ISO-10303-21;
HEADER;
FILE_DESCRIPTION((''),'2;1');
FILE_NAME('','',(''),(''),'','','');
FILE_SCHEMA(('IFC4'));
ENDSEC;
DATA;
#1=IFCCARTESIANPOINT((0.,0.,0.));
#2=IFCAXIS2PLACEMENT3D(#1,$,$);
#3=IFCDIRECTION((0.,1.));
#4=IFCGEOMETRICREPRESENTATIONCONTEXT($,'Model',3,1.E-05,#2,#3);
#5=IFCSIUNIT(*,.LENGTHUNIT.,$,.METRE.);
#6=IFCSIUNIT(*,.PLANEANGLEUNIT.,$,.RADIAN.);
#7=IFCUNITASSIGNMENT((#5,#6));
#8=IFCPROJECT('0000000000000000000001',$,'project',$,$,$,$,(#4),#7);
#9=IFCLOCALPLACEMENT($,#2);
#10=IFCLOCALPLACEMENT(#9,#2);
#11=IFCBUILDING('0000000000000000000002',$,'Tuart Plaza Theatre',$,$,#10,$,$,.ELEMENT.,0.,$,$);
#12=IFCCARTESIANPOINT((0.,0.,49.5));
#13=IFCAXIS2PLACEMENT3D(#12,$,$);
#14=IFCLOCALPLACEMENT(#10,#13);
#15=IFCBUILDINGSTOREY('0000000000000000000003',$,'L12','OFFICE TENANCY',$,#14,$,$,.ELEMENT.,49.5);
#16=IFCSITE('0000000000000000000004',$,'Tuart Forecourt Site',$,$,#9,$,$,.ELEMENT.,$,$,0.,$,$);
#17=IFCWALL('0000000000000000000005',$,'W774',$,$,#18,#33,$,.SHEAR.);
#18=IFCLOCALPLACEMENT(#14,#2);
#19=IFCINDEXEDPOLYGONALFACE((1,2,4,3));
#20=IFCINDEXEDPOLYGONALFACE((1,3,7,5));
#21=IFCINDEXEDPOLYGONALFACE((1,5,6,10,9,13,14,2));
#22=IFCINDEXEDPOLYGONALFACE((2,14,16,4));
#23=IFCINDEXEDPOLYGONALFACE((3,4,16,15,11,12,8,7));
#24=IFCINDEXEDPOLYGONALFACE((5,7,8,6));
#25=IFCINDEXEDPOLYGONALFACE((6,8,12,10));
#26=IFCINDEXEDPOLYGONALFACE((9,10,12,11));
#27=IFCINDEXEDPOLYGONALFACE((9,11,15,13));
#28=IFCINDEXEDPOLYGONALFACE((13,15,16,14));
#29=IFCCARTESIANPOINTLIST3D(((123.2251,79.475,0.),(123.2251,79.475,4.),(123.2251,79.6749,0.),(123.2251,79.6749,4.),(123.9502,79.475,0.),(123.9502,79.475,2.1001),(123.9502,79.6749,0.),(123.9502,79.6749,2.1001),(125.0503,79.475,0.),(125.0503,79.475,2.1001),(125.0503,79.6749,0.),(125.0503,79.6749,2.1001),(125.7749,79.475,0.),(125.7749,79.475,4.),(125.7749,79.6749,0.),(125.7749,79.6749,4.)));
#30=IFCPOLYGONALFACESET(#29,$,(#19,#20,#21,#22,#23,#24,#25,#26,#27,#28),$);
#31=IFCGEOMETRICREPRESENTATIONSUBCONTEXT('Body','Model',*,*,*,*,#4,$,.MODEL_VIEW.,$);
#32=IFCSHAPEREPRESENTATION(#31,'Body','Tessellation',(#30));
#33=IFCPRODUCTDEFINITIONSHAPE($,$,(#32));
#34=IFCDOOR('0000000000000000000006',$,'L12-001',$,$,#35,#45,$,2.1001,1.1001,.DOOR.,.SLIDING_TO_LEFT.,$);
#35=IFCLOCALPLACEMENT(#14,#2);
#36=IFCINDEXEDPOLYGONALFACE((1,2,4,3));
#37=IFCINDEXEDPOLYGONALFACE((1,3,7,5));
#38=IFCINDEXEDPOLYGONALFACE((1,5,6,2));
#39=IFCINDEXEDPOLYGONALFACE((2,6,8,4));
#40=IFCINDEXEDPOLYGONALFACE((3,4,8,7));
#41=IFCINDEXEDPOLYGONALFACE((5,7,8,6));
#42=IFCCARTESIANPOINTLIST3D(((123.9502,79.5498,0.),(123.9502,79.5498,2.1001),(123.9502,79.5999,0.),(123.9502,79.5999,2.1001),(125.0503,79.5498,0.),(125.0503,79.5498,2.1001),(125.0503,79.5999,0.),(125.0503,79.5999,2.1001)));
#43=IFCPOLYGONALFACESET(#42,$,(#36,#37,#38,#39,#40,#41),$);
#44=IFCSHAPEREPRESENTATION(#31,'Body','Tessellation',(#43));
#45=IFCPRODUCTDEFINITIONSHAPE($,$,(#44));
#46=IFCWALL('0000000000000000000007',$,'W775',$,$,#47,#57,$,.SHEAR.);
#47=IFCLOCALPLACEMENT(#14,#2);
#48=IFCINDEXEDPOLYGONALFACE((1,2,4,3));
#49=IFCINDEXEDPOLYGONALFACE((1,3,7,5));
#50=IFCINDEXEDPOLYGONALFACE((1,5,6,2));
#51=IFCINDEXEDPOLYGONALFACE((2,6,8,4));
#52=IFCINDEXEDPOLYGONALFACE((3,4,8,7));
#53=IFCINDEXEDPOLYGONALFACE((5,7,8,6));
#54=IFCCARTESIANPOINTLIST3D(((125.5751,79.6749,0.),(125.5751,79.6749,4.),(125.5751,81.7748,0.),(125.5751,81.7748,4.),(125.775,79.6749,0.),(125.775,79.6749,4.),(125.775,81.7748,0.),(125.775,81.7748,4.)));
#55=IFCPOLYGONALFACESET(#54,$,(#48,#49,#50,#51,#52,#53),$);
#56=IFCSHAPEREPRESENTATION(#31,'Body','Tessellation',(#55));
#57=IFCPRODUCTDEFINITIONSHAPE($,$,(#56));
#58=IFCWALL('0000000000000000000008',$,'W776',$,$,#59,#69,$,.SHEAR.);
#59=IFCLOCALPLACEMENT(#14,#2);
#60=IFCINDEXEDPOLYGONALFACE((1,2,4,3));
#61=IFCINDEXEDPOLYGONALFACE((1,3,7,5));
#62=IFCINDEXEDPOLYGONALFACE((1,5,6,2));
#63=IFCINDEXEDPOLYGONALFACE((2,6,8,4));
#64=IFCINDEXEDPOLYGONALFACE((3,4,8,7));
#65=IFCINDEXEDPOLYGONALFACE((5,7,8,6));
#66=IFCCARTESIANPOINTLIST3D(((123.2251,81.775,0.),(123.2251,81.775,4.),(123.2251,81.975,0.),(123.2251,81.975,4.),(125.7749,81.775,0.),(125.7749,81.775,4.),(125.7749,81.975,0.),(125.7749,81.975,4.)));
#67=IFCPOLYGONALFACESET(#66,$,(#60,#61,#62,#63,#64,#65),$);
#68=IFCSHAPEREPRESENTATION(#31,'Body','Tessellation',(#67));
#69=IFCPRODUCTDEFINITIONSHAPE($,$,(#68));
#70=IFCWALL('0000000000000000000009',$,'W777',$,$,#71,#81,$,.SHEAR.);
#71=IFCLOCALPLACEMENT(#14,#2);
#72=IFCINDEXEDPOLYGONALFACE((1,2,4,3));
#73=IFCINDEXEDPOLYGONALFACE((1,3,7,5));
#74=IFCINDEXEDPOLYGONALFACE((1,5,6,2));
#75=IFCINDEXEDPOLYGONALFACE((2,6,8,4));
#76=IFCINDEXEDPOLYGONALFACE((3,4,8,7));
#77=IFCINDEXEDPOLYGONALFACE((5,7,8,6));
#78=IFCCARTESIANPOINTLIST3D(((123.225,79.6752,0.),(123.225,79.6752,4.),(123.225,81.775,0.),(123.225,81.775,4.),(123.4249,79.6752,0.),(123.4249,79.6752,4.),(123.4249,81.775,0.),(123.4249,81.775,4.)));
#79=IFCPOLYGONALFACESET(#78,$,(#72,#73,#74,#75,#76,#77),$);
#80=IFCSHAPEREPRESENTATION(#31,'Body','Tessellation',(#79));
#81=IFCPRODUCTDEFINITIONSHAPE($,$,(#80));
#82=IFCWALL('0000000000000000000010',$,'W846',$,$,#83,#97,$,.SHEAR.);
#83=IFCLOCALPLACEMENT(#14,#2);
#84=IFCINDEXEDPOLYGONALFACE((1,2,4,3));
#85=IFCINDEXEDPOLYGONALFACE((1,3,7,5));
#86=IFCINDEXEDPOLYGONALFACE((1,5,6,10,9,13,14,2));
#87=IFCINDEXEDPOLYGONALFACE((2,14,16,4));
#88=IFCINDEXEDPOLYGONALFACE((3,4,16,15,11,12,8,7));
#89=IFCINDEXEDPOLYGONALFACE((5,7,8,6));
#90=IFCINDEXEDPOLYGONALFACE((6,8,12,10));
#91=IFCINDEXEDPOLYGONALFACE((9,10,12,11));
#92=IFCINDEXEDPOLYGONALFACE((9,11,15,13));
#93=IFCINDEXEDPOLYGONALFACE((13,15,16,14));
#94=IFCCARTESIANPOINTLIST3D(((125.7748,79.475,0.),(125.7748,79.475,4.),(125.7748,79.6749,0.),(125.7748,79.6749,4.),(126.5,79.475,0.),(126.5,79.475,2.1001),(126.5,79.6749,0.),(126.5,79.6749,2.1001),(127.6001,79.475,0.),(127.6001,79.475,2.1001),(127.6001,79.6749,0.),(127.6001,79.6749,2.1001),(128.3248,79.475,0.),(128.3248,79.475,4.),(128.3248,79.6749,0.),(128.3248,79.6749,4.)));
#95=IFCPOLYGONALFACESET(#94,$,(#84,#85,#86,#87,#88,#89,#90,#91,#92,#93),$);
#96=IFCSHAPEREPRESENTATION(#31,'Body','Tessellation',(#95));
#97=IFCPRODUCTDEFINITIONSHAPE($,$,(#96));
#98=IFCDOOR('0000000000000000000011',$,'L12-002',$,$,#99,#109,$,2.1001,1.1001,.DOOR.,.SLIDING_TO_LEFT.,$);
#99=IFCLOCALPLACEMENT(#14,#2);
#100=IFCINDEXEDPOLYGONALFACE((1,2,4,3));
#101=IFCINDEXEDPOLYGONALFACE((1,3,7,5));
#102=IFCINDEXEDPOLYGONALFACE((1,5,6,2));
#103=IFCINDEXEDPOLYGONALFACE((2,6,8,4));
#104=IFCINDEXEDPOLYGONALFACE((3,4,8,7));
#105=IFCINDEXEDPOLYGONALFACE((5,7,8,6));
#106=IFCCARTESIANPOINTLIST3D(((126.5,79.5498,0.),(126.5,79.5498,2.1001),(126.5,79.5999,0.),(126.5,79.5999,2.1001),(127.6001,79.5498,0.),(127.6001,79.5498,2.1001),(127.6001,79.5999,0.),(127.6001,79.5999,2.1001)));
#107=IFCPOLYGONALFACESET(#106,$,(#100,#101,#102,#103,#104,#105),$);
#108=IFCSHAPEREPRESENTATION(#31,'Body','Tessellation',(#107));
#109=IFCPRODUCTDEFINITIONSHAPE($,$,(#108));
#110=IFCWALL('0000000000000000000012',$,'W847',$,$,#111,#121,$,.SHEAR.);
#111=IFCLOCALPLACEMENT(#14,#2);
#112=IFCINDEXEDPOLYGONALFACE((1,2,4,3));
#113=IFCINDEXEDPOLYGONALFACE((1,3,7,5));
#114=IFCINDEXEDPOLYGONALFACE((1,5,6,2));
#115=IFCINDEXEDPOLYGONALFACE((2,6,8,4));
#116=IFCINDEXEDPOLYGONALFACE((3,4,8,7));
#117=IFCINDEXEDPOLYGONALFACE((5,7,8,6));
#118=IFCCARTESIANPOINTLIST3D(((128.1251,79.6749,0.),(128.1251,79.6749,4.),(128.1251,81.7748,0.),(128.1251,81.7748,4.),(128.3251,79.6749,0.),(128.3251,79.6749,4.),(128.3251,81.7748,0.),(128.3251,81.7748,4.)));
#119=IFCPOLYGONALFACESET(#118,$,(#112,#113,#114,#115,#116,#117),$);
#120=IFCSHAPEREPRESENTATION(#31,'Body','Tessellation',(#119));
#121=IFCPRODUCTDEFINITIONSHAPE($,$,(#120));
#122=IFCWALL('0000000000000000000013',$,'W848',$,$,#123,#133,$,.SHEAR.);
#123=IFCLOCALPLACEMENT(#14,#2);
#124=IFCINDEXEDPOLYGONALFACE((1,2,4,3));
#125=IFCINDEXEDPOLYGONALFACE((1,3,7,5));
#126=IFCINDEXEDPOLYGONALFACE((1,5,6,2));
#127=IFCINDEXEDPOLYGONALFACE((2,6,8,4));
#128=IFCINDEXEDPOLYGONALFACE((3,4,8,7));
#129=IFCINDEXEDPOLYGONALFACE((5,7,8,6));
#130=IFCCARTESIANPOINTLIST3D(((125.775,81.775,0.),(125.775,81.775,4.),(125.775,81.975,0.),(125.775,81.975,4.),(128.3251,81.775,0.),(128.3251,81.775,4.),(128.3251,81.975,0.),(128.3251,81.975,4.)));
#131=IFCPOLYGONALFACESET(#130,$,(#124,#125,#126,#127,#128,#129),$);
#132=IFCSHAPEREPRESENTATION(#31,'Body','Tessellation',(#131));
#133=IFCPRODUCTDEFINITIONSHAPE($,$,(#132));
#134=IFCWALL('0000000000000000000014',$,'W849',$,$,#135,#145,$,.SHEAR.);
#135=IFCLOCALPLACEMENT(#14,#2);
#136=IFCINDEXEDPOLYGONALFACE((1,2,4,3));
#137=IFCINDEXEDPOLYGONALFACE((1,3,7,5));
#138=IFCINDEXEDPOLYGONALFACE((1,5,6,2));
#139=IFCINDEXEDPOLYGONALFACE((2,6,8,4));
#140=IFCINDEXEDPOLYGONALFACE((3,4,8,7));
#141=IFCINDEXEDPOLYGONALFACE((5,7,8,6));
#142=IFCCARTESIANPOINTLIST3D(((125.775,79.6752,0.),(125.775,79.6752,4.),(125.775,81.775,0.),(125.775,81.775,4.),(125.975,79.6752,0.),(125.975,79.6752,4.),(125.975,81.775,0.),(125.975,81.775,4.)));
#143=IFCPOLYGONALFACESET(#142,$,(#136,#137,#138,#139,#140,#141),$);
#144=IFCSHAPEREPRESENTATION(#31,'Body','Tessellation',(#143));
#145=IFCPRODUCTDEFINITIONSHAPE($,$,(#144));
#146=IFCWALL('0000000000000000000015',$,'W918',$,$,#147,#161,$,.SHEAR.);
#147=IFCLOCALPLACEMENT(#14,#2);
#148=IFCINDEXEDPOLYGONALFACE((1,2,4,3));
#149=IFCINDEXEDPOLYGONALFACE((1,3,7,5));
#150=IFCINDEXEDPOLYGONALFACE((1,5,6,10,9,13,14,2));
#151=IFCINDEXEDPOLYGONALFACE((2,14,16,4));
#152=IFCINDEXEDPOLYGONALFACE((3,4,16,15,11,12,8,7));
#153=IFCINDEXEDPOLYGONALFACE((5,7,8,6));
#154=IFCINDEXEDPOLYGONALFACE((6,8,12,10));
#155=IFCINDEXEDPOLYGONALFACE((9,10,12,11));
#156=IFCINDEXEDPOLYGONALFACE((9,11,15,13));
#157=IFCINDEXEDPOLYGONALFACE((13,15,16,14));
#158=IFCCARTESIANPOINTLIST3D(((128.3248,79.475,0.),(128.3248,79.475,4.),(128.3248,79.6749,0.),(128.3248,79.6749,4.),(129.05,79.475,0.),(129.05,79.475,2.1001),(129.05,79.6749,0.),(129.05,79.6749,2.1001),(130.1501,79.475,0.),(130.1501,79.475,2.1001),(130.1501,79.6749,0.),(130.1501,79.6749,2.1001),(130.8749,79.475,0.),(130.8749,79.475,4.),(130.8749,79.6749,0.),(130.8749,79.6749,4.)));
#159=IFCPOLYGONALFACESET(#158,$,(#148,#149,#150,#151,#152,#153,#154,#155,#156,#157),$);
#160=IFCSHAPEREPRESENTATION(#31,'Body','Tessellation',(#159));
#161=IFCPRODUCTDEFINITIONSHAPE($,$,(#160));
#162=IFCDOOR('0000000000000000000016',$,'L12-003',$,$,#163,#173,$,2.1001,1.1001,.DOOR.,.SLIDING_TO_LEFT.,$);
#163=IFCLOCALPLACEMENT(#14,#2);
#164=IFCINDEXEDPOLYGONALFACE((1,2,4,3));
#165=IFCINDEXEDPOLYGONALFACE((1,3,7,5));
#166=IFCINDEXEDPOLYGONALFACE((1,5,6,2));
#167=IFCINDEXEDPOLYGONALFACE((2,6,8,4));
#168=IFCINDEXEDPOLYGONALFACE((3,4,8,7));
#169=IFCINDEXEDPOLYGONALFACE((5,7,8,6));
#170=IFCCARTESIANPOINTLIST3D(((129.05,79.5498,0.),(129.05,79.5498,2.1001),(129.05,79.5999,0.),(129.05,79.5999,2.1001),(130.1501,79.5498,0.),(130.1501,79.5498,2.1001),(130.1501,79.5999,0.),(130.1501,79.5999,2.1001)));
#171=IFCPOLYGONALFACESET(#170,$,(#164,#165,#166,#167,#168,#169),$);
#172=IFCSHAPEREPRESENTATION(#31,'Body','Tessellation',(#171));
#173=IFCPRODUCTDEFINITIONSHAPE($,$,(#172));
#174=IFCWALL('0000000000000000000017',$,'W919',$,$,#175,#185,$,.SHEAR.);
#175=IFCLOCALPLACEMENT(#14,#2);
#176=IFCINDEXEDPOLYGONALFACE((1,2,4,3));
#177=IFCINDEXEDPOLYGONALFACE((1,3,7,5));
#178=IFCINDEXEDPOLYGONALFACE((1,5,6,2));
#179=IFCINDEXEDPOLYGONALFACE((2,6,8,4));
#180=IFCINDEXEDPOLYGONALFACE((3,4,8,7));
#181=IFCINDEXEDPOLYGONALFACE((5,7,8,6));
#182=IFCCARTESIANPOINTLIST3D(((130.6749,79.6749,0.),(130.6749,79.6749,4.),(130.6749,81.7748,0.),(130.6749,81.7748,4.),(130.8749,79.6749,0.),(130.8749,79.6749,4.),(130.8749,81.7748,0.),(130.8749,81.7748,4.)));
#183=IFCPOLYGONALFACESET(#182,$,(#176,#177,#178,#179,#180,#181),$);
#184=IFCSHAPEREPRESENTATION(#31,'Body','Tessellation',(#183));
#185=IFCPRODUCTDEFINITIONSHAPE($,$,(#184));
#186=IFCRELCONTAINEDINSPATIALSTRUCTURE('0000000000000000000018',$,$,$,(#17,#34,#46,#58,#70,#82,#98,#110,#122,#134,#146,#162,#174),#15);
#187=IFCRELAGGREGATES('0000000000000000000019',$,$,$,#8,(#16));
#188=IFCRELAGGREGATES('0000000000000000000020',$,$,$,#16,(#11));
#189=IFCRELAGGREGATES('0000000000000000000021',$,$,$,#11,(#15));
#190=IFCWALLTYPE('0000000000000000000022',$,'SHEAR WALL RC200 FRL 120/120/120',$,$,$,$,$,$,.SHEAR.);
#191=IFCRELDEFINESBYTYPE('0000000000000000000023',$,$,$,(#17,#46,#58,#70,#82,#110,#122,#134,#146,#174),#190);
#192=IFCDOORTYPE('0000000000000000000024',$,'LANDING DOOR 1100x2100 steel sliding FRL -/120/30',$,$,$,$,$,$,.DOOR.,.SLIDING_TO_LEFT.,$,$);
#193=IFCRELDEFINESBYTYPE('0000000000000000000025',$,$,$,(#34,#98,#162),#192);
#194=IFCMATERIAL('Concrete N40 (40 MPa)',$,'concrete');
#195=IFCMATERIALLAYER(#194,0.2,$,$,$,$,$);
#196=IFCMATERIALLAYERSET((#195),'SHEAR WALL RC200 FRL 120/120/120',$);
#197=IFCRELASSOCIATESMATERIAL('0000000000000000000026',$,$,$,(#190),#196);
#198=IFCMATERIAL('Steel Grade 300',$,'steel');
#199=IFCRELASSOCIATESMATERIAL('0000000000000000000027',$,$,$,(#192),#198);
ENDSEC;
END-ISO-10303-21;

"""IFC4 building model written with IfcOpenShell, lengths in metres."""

from ifc_helpers import new_model, si_unit, direction, frame, frame_2d, origin, place, context, subcontext, project, spatial, rectangle, extrude, material, layer, layer_set, type_object, element, fill, save


model = new_model("IFC4")

# Units and contexts
model_context = context("Model", 3, precision=1e-05, world=origin(), true_north=direction((0.0, 1.0)))
body_context = subcontext(model_context, "Body", "Model", "MODEL_VIEW")
ifc_project = project(units=[si_unit("LENGTHUNIT", "METRE"), si_unit("PLANEANGLEUNIT", "RADIAN")], contexts=[model_context])

# Site, building, storey
site_placement = place(None, origin())
site = spatial("IfcSite", under=ifc_project, at=site_placement, Name="Tuart Forecourt Site", CompositionType="ELEMENT", RefElevation=0.0)
building_placement = place(site_placement, origin())
building = spatial("IfcBuilding", under=site, at=building_placement, Name="Tuart Plaza Theatre", CompositionType="ELEMENT", ElevationOfRefHeight=0.0)
storey_placement = place(building_placement, frame((0.0, 0.0, 49.5)))
storey = spatial("IfcBuildingStorey", under=building, at=storey_placement, Name="L12", Description="OFFICE TENANCY", CompositionType="ELEMENT", Elevation=49.5)

# Wall, opening, door
ifc_material_1 = material(Name="Concrete N40 (40 MPa)", Category="concrete")
ifc_layer_1 = layer(ifc_material_1, 0.2)
ifc_layer_set_1 = layer_set([ifc_layer_1], Name="SHEAR WALL RC200 FRL 120/120/120")
wall_type_1 = type_object("IfcWallType", Name="SHEAR WALL RC200 FRL 120/120/120", PredefinedType="SHEAR", material=ifc_layer_set_1)
wall_1_placement = place(storey_placement, frame((123.2251, 79.575, 0.0), z_axis=(0.0, 0.0, 1.0), x_axis=(1.0, 0.0, 0.0)))
wall_1 = element("IfcWall", 1, at=wall_1_placement, inside=storey, type_object=wall_type_1, Name="W774", PredefinedType="SHEAR", context=body_context, shape_type="SweptSolid", body=[
    extrude(rectangle(XDim=2.5498, YDim=0.2, at=frame_2d((1.2749, 0.0))), origin(), (0.0, 0.0, 1.0), 4.0),
])
opening_1_placement = place(wall_1_placement, frame((0.7251, 0.0, 0.0)))
opening_1 = element("IfcOpeningElement", 2, at=opening_1_placement, cuts=wall_1, PredefinedType="OPENING", context=body_context, shape_type="SweptSolid", body=[
    extrude(rectangle(XDim=1.1001, YDim=2.1001, at=frame_2d((0.55, 1.05))), frame((0.0, 0.1099, 0.0), z_axis=(0.0, -1.0, 0.0), x_axis=(1.0, 0.0, 0.0)), (0.0, 0.0, 1.0), 0.22),
])
ifc_material_2 = material(Name="Steel Grade 300", Category="steel")
door_type_1 = type_object("IfcDoorType", Name="LANDING DOOR 1100x2100 steel sliding FRL -/120/30", OperationType="SLIDING_TO_LEFT", PredefinedType="DOOR", material=ifc_material_2)
door_1_placement = place(opening_1_placement, origin())
door_1 = element("IfcDoor", 3, at=door_1_placement, inside=storey, type_object=door_type_1, Name="L12-001", OperationType="SLIDING_TO_LEFT", OverallHeight=2.1001, OverallWidth=1.1001, PredefinedType="DOOR", context=body_context, shape_type="SweptSolid", body=[
    extrude(rectangle(XDim=1.1001, YDim=2.1001, at=frame_2d((0.55, 1.05))), frame((0.0, 0.0249, 0.0), z_axis=(0.0, -1.0, 0.0), x_axis=(1.0, 0.0, 0.0)), (0.0, 0.0, 1.0), 0.05),
])
fill(opening_1, door_1)

# Walls
wall_2_placement = place(storey_placement, frame((125.675, 79.675, 0.0), z_axis=(0.0, 0.0, 1.0), x_axis=(0.0, 1.0, 0.0)))
element("IfcWall", 4, at=wall_2_placement, inside=storey, type_object=wall_type_1, Name="W775", PredefinedType="SHEAR", context=body_context, shape_type="SweptSolid", body=[
    extrude(rectangle(XDim=2.0999, YDim=0.2, at=frame_2d((1.0498, 0.0))), origin(), (0.0, 0.0, 1.0), 4.0),
])
wall_3_placement = place(storey_placement, frame((125.7749, 81.875, 0.0), z_axis=(0.0, 0.0, 1.0), x_axis=(-1.0, 0.0, 0.0)))
element("IfcWall", 5, at=wall_3_placement, inside=storey, type_object=wall_type_1, Name="W776", PredefinedType="SHEAR", context=body_context, shape_type="SweptSolid", body=[
    extrude(rectangle(XDim=2.5498, YDim=0.2, at=frame_2d((1.2749, 0.0))), origin(), (0.0, 0.0, 1.0), 4.0),
])
wall_4_placement = place(storey_placement, frame((123.325, 81.7749, 0.0), z_axis=(0.0, 0.0, 1.0), x_axis=(0.0, -1.0, 0.0)))
element("IfcWall", 6, at=wall_4_placement, inside=storey, type_object=wall_type_1, Name="W777", PredefinedType="SHEAR", context=body_context, shape_type="SweptSolid", body=[
    extrude(rectangle(XDim=2.0999, YDim=0.2, at=frame_2d((1.0498, 0.0))), origin(), (0.0, 0.0, 1.0), 4.0),
])

# Wall, opening, door
wall_5_placement = place(storey_placement, frame((125.7749, 79.575, 0.0), z_axis=(0.0, 0.0, 1.0), x_axis=(1.0, 0.0, 0.0)))
wall_5 = element("IfcWall", 7, at=wall_5_placement, inside=storey, type_object=wall_type_1, Name="W846", PredefinedType="SHEAR", context=body_context, shape_type="SweptSolid", body=[
    extrude(rectangle(XDim=2.55, YDim=0.2, at=frame_2d((1.2749, 0.0))), origin(), (0.0, 0.0, 1.0), 4.0),
])
opening_2_placement = place(wall_5_placement, frame((0.7251, 0.0, 0.0)))
opening_2 = element("IfcOpeningElement", 8, at=opening_2_placement, cuts=wall_5, PredefinedType="OPENING", context=body_context, shape_type="SweptSolid", body=[
    extrude(rectangle(XDim=1.1001, YDim=2.1001, at=frame_2d((0.55, 1.05))), frame((0.0, 0.1099, 0.0), z_axis=(0.0, -1.0, 0.0), x_axis=(1.0, 0.0, 0.0)), (0.0, 0.0, 1.0), 0.22),
])
door_2_placement = place(opening_2_placement, origin())
door_2 = element("IfcDoor", 9, at=door_2_placement, inside=storey, type_object=door_type_1, Name="L12-002", OperationType="SLIDING_TO_LEFT", OverallHeight=2.1001, OverallWidth=1.1001, PredefinedType="DOOR", context=body_context, shape_type="SweptSolid", body=[
    extrude(rectangle(XDim=1.1001, YDim=2.1001, at=frame_2d((0.55, 1.05))), frame((0.0, 0.0249, 0.0), z_axis=(0.0, -1.0, 0.0), x_axis=(1.0, 0.0, 0.0)), (0.0, 0.0, 1.0), 0.05),
])
fill(opening_2, door_2)

# Walls
wall_6_placement = place(storey_placement, frame((128.2251, 79.675, 0.0), z_axis=(0.0, 0.0, 1.0), x_axis=(0.0, 1.0, 0.0)))
element("IfcWall", 10, at=wall_6_placement, inside=storey, type_object=wall_type_1, Name="W847", PredefinedType="SHEAR", context=body_context, shape_type="SweptSolid", body=[
    extrude(rectangle(XDim=2.0999, YDim=0.2, at=frame_2d((1.0498, 0.0))), origin(), (0.0, 0.0, 1.0), 4.0),
])
wall_7_placement = place(storey_placement, frame((128.325, 81.875, 0.0), z_axis=(0.0, 0.0, 1.0), x_axis=(-1.0, 0.0, 0.0)))
element("IfcWall", 11, at=wall_7_placement, inside=storey, type_object=wall_type_1, Name="W848", PredefinedType="SHEAR", context=body_context, shape_type="SweptSolid", body=[
    extrude(rectangle(XDim=2.55, YDim=0.2, at=frame_2d((1.2749, 0.0))), origin(), (0.0, 0.0, 1.0), 4.0),
])
wall_8_placement = place(storey_placement, frame((125.875, 81.7749, 0.0), z_axis=(0.0, 0.0, 1.0), x_axis=(0.0, -1.0, 0.0)))
element("IfcWall", 12, at=wall_8_placement, inside=storey, type_object=wall_type_1, Name="W849", PredefinedType="SHEAR", context=body_context, shape_type="SweptSolid", body=[
    extrude(rectangle(XDim=2.0999, YDim=0.2, at=frame_2d((1.0498, 0.0))), origin(), (0.0, 0.0, 1.0), 4.0),
])

# Wall, opening, door
wall_9_placement = place(storey_placement, frame((128.325, 79.575, 0.0), z_axis=(0.0, 0.0, 1.0), x_axis=(1.0, 0.0, 0.0)))
wall_9 = element("IfcWall", 13, at=wall_9_placement, inside=storey, type_object=wall_type_1, Name="W918", PredefinedType="SHEAR", context=body_context, shape_type="SweptSolid", body=[
    extrude(rectangle(XDim=2.55, YDim=0.2, at=frame_2d((1.2749, 0.0))), origin(), (0.0, 0.0, 1.0), 4.0),
])
opening_3_placement = place(wall_9_placement, frame((0.7251, 0.0, 0.0)))
opening_3 = element("IfcOpeningElement", 14, at=opening_3_placement, cuts=wall_9, PredefinedType="OPENING", context=body_context, shape_type="SweptSolid", body=[
    extrude(rectangle(XDim=1.1001, YDim=2.1001, at=frame_2d((0.55, 1.05))), frame((0.0, 0.1099, 0.0), z_axis=(0.0, -1.0, 0.0), x_axis=(1.0, 0.0, 0.0)), (0.0, 0.0, 1.0), 0.22),
])
door_3_placement = place(opening_3_placement, origin())
door_3 = element("IfcDoor", 15, at=door_3_placement, inside=storey, type_object=door_type_1, Name="L12-003", OperationType="SLIDING_TO_LEFT", OverallHeight=2.1001, OverallWidth=1.1001, PredefinedType="DOOR", context=body_context, shape_type="SweptSolid", body=[
    extrude(rectangle(XDim=1.1001, YDim=2.1001, at=frame_2d((0.55, 1.05))), frame((0.0, 0.0249, 0.0), z_axis=(0.0, -1.0, 0.0), x_axis=(1.0, 0.0, 0.0)), (0.0, 0.0, 1.0), 0.05),
])
fill(opening_3, door_3)

# Wall
for number, where, z_axis, x_axis, name in (
    (16, (130.7749, 79.675, 0.0), (0.0, 0.0, 1.0), (0.0, 1.0, 0.0), "W919"),
):
    element("IfcWall", number, at=place(storey_placement, frame(where, z_axis=z_axis, x_axis=x_axis)), inside=storey, type_object=wall_type_1, Name=name, PredefinedType="SHEAR", context=body_context, shape_type="SweptSolid", body=[
        extrude(rectangle(XDim=2.0999, YDim=0.2, at=frame_2d((1.0498, 0.0))), origin(), (0.0, 0.0, 1.0), 4.0),
    ])

save(model, "model.ifc")
